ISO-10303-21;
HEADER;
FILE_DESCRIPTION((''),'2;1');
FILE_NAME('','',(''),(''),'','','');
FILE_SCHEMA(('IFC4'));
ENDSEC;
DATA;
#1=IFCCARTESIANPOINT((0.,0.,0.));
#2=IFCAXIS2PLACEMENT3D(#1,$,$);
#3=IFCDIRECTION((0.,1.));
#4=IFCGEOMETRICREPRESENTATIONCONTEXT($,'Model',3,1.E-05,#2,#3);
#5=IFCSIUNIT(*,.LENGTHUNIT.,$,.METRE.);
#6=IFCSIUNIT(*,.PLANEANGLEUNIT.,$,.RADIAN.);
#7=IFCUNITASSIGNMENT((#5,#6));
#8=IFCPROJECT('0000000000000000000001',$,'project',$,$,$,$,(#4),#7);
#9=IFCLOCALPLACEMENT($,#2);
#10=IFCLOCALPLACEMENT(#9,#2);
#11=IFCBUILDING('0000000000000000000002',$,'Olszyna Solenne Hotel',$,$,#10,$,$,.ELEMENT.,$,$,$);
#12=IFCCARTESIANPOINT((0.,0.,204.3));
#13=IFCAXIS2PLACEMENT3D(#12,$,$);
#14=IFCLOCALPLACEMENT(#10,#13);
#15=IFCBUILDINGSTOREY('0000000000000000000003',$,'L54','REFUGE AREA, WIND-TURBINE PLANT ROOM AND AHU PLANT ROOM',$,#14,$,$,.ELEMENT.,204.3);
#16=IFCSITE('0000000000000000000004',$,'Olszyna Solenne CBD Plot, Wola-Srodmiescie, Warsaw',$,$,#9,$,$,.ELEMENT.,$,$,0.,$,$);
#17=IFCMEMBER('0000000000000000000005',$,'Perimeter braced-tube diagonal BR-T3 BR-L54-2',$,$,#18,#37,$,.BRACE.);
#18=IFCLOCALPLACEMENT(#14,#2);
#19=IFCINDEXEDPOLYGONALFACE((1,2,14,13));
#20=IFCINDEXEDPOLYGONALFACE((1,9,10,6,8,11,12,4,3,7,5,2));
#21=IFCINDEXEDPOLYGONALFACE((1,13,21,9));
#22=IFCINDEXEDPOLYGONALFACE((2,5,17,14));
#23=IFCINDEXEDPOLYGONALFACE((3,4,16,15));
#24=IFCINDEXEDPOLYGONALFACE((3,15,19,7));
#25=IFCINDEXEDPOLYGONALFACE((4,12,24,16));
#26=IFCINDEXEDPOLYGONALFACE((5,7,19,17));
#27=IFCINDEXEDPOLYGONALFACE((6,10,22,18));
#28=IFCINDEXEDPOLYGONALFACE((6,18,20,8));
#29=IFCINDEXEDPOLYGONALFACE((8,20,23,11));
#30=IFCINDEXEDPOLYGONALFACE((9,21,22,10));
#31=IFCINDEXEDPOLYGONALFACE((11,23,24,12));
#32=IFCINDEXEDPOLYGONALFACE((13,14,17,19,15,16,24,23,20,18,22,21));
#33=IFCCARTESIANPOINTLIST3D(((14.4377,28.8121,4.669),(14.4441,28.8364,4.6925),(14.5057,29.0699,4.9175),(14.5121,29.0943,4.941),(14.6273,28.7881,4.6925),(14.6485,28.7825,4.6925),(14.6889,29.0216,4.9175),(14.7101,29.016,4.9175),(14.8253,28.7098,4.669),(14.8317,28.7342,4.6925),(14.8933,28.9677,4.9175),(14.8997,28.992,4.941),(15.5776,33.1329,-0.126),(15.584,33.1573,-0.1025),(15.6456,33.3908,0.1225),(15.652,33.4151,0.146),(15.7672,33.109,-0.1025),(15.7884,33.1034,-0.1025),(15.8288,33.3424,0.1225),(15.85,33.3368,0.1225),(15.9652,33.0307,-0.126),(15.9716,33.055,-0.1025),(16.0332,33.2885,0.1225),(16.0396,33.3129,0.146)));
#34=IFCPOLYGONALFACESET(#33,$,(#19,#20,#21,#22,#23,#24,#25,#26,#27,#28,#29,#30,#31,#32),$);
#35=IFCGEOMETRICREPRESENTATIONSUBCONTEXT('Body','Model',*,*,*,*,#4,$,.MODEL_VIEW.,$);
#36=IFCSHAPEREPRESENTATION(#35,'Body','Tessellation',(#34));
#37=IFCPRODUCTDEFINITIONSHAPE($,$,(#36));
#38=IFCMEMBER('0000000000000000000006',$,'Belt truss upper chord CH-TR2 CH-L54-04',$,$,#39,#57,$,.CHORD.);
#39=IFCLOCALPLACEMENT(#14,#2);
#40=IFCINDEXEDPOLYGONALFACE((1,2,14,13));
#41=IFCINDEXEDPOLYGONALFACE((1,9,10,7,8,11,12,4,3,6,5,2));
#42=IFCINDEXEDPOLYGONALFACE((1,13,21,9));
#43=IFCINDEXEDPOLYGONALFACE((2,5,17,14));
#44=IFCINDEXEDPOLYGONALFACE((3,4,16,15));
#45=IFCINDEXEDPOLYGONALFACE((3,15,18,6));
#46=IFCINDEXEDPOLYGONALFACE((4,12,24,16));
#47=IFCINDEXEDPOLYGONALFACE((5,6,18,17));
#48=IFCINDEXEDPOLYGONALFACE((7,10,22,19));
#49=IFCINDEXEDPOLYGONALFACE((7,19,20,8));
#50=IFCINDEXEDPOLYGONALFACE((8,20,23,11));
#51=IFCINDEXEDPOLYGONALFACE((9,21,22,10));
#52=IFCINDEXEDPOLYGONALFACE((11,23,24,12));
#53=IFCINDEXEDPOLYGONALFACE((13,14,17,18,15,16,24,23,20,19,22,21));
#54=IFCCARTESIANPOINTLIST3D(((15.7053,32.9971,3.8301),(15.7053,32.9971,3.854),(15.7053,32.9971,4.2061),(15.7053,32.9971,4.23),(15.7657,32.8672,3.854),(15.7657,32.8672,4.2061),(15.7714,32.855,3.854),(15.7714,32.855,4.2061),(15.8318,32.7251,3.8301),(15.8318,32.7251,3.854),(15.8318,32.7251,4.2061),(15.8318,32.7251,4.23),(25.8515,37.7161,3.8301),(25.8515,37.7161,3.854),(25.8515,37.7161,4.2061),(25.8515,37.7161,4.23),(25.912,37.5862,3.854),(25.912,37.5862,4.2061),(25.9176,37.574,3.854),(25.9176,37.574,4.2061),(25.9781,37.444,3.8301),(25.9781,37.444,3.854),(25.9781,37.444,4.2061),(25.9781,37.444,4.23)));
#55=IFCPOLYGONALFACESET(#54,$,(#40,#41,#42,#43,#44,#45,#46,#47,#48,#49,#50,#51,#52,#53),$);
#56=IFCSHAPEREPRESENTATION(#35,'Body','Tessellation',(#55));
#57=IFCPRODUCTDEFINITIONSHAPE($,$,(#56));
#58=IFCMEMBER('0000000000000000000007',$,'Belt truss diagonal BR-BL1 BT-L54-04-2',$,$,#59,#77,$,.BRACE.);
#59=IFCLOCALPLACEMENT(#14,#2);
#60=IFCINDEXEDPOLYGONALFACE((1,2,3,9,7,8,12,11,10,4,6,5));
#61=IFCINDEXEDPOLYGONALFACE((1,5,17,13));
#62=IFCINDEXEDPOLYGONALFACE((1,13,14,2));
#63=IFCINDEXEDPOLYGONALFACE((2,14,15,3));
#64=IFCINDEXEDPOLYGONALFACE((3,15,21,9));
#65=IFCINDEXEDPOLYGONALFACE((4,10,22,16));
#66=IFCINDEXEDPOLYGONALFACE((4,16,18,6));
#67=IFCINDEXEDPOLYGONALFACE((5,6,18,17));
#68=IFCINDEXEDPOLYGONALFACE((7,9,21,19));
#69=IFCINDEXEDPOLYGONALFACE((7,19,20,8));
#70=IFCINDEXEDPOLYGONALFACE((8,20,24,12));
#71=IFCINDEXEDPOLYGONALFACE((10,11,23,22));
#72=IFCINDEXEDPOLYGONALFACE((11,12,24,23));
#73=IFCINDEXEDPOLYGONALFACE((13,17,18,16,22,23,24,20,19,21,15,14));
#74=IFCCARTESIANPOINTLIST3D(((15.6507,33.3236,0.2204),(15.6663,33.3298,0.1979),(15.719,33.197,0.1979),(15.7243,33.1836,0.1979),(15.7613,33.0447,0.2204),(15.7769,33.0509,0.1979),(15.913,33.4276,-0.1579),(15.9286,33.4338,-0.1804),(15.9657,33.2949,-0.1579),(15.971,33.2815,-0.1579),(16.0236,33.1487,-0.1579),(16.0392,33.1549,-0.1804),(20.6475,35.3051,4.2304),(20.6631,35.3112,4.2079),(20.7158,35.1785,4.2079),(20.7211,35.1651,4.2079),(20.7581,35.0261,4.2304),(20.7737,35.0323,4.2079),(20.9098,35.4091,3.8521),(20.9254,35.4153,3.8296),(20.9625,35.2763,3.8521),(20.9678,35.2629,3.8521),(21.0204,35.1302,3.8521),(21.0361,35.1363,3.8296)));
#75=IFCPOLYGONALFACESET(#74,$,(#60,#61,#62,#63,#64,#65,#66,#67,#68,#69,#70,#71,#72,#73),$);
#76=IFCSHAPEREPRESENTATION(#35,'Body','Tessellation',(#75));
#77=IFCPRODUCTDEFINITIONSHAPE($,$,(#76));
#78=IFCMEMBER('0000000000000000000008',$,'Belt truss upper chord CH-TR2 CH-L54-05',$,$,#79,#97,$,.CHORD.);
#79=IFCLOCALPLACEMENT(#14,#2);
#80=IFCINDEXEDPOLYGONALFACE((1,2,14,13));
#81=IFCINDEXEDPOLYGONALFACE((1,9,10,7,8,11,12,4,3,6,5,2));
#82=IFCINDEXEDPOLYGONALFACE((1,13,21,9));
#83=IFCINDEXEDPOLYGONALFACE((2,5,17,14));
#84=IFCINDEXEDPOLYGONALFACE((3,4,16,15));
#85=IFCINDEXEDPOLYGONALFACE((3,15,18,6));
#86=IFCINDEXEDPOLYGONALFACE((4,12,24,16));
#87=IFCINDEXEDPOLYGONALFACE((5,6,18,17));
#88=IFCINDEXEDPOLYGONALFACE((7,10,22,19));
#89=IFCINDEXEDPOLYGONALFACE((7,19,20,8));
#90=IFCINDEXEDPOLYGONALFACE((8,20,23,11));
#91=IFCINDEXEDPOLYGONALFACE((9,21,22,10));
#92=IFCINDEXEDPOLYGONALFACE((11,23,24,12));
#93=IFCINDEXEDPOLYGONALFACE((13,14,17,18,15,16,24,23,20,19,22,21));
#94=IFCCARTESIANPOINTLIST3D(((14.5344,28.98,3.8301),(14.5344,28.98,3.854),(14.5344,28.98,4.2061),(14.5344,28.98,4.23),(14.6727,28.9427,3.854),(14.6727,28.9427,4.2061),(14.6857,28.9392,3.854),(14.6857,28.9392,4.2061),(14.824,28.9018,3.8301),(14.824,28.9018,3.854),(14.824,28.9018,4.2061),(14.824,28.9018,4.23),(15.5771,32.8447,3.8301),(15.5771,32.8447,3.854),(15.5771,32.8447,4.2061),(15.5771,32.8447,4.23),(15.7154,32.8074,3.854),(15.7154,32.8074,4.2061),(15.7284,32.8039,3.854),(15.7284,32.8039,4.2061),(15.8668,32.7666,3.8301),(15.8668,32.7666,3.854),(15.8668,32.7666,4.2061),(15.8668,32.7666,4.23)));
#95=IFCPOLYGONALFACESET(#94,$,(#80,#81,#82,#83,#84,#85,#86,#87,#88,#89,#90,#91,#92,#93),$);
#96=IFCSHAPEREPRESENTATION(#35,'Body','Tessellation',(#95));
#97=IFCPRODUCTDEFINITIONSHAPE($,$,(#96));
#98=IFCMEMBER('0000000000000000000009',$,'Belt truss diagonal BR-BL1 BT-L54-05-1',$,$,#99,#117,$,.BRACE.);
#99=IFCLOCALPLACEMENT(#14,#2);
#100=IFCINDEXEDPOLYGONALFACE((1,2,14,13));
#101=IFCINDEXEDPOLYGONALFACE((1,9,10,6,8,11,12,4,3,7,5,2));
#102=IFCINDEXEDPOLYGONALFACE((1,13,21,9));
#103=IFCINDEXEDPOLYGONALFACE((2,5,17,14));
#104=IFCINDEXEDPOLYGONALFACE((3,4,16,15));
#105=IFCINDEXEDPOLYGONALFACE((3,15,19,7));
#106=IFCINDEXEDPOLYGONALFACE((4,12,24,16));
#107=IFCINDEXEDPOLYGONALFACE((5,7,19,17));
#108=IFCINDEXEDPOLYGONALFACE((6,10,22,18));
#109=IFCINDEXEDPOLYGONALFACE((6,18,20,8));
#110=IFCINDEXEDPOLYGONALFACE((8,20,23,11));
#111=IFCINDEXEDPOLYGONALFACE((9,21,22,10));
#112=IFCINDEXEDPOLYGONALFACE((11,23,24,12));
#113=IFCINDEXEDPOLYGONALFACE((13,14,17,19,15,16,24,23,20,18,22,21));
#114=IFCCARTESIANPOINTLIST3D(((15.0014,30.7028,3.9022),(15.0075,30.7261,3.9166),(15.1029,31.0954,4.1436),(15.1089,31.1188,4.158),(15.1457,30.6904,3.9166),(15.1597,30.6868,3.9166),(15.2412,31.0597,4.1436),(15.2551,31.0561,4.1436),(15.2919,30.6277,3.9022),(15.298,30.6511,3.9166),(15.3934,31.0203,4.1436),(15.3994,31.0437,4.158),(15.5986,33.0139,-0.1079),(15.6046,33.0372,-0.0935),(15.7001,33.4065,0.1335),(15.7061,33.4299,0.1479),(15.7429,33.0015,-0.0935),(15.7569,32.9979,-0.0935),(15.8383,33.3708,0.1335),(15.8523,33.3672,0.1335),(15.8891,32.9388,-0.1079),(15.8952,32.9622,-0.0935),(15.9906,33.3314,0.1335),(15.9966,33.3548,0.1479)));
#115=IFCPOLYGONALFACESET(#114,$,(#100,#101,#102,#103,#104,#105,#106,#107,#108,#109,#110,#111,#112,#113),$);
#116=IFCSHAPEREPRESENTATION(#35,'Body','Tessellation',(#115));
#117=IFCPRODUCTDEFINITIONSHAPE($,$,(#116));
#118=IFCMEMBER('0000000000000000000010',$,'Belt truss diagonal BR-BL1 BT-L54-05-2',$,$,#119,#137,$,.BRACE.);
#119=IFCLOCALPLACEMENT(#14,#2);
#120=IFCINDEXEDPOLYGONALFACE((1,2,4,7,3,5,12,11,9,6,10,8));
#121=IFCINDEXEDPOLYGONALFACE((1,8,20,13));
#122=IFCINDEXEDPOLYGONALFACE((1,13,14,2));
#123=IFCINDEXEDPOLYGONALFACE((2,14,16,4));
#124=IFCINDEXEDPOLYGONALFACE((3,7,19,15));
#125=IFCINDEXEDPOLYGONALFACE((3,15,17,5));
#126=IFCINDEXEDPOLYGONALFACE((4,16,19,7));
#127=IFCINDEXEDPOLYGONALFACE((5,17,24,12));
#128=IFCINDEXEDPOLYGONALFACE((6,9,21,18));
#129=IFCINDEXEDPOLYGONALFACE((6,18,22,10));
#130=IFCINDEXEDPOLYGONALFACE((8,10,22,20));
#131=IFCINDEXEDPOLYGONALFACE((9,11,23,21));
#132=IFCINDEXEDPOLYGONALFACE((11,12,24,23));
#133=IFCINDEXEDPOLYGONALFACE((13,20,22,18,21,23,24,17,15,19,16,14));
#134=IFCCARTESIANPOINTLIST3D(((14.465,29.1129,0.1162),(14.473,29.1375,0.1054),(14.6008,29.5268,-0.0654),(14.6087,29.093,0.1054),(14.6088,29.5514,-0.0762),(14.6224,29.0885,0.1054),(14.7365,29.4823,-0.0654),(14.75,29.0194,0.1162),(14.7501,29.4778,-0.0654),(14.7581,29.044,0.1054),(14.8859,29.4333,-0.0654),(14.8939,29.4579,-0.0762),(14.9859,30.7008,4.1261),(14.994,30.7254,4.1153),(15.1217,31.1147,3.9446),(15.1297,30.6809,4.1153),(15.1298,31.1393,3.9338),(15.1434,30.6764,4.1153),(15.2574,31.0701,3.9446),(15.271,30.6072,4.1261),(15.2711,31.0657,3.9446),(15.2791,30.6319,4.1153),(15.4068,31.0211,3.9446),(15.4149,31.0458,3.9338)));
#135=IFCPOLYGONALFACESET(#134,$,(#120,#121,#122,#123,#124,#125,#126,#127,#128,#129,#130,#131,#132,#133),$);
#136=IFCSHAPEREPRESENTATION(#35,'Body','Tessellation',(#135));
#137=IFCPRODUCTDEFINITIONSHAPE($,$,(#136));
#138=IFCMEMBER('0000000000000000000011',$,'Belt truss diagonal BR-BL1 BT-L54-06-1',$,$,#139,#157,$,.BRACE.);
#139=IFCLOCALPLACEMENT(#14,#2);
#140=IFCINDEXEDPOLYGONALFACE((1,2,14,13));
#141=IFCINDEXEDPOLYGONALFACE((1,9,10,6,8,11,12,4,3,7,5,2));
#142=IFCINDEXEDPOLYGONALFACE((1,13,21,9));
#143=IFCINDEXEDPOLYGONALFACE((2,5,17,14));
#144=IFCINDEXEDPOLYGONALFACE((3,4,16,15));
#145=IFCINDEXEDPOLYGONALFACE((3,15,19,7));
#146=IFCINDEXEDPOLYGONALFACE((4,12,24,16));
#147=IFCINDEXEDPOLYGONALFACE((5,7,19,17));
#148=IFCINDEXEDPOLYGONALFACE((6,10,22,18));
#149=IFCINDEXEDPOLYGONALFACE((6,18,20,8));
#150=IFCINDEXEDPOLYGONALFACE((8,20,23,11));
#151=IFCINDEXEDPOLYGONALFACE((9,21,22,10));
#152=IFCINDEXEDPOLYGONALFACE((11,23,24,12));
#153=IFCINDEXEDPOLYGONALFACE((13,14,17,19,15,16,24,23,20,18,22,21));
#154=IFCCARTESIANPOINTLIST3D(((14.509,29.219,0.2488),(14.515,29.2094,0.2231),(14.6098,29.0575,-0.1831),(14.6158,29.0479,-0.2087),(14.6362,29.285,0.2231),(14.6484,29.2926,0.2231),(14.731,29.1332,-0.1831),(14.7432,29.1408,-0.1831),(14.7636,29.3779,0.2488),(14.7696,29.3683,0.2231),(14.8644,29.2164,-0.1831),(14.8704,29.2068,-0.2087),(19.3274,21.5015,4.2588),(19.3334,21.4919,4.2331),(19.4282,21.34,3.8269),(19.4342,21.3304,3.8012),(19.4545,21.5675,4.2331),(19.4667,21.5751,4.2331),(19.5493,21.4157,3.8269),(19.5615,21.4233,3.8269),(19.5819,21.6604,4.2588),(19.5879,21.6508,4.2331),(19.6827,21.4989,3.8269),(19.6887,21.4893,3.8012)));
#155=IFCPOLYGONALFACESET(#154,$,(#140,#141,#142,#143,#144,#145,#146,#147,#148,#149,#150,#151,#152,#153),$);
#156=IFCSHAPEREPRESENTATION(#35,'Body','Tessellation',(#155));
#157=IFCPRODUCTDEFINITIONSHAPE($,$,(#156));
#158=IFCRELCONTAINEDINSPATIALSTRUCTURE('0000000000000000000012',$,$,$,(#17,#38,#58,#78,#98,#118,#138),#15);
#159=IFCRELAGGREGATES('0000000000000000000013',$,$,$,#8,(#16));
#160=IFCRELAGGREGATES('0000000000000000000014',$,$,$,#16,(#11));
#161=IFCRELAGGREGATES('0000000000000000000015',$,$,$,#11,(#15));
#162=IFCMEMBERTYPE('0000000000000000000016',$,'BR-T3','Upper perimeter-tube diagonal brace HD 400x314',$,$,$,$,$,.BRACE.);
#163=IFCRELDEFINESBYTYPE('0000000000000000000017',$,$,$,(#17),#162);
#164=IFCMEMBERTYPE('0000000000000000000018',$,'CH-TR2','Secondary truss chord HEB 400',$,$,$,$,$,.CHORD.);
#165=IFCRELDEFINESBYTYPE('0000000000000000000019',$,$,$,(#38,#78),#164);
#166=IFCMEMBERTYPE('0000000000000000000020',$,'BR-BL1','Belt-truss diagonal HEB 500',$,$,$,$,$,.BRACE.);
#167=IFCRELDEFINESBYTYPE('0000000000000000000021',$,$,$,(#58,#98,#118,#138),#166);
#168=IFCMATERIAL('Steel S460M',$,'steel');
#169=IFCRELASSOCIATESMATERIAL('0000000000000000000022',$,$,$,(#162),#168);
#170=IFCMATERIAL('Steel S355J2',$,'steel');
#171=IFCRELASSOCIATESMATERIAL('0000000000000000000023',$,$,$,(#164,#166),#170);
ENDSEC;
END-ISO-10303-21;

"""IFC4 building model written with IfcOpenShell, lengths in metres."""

from ifc_helpers import new_model, si_unit, direction, frame, origin, origin_2d, place, context, subcontext, project, spatial, i_section, extrude, source, transform, mapped, material, material_profile, profile_set, type_object, element, save


model = new_model("IFC4")

# Units and contexts
model_context = context("Model", 3, precision=1e-05, world=origin(), true_north=direction((0.0, 1.0)))
body_context = subcontext(model_context, "Body", "Model", "MODEL_VIEW")
ifc_project = project(units=[si_unit("LENGTHUNIT", "METRE"), si_unit("PLANEANGLEUNIT", "RADIAN")], contexts=[model_context])

# Site, building, storey
site_placement = place(None, origin())
site = spatial("IfcSite", under=ifc_project, at=site_placement, Name="Olszyna Solenne CBD Plot, Wola-Srodmiescie, Warsaw", CompositionType="ELEMENT", RefElevation=0.0)
building_placement = place(site_placement, origin())
building = spatial("IfcBuilding", under=site, at=building_placement, Name="Olszyna Solenne Hotel", CompositionType="ELEMENT")
storey_placement = place(building_placement, frame((0.0, 0.0, 204.3)))
storey = spatial("IfcBuildingStorey", under=building, at=storey_placement, Name="L54", Description="REFUGE AREA, WIND-TURBINE PLANT ROOM AND AHU PLANT ROOM", CompositionType="ELEMENT", Elevation=204.3)

# Shared definitions
ifc_material_1 = material(Name="Steel S460M", Category="steel")

# Shared definitions
ifc_material_2 = material(Name="Steel S355J2", Category="steel")

# Members
ifc_material_profile_1 = material_profile(ifc_material_1, i_section(OverallWidth=0.4009, OverallDepth=0.3989, WebThickness=0.022, FlangeThickness=0.0344, at=origin_2d()), Name="HD 400x314", Category="load-bearing")
ifc_profile_set_1 = profile_set([ifc_material_profile_1], Name="Steel S460M")
member_type_1 = type_object("IfcMemberType", Name="BR-T3", Description="Upper perimeter-tube diagonal brace HD 400x314", PredefinedType="BRACE", material=ifc_profile_set_1)
shared_shape_1 = source(origin(), body_context, "Body", "SweptSolid", [
    extrude(i_section(OverallWidth=0.4009, OverallDepth=0.3989, WebThickness=0.022, FlangeThickness=0.0344, at=origin_2d()), origin(), (0.0, 0.0, 1.0), 6.5544),
])
member_1_placement = place(storey_placement, frame((15.8086, 33.2229, 0.01), z_axis=(-0.173913, -0.659223, 0.731559), x_axis=(0.966918, -0.255088, 0.0)))
element("IfcMember", 1, at=member_1_placement, inside=storey, type_object=member_type_1, Name="Perimeter braced-tube diagonal BR-T3 BR-L54-2", PredefinedType="BRACE", context=body_context, shape_type="MappedRepresentation", body=[
    mapped(shared_shape_1, transform((0.0, 0.0, 0.0), x_axis=(1.0, 0.0, 0.0), y_axis=(0.0, 1.0, 0.0), z_axis=(0.0, 0.0, 1.0), scale=1.0)),
])
ifc_material_profile_2 = material_profile(ifc_material_2, i_section(OverallWidth=0.3, OverallDepth=0.3999, WebThickness=0.0134, FlangeThickness=0.0239, at=origin_2d()), Name="HEB 400", Category="load-bearing")
ifc_profile_set_2 = profile_set([ifc_material_profile_2], Name="Steel S355J2")
member_type_2 = type_object("IfcMemberType", Name="CH-TR2", Description="Secondary truss chord HEB 400", PredefinedType="CHORD", material=ifc_profile_set_2)
shared_shape_2 = source(origin(), body_context, "Body", "SweptSolid", [
    extrude(i_section(OverallWidth=0.3, OverallDepth=0.3999, WebThickness=0.0134, FlangeThickness=0.0239, at=origin_2d()), origin(), (0.0, 0.0, 1.0), 11.1899),
])
member_2_placement = place(storey_placement, frame((25.9148, 37.5801, 4.03), z_axis=(-0.906728, -0.421717, 0.0), x_axis=(0.421717, -0.906728, 0.0)))
element("IfcMember", 2, at=member_2_placement, inside=storey, type_object=member_type_2, Name="Belt truss upper chord CH-TR2 CH-L54-04", PredefinedType="CHORD", context=body_context, shape_type="MappedRepresentation", body=[
    mapped(shared_shape_2, transform((0.0, 0.0, 0.0), x_axis=(1.0, 0.0, 0.0), y_axis=(0.0, 1.0, 0.0), z_axis=(0.0, 0.0, 1.0), scale=1.0)),
])
ifc_material_profile_3 = material_profile(ifc_material_2, i_section(OverallWidth=0.3, OverallDepth=0.5, WebThickness=0.0144, FlangeThickness=0.0281, at=origin_2d()), Name="HEB 500", Category="load-bearing")
ifc_profile_set_3 = profile_set([ifc_material_profile_3], Name="Steel S355J2")
member_type_3 = type_object("IfcMemberType", Name="BR-BL1", Description="Belt-truss diagonal HEB 500", PredefinedType="BRACE", material=ifc_profile_set_3)
shared_shape_3 = source(origin(), body_context, "Body", "SweptSolid", [
    extrude(i_section(OverallWidth=0.3, OverallDepth=0.5, WebThickness=0.0144, FlangeThickness=0.0281, at=origin_2d()), origin(), (0.0, 0.0, 1.0), 6.7063),
])
member_3_placement = place(storey_placement, frame((15.845, 33.2393, 0.02), z_axis=(0.745093, 0.29546, 0.597946), x_axis=(-0.368617, 0.929581, 0.0)))
element("IfcMember", 3, at=member_3_placement, inside=storey, type_object=member_type_3, Name="Belt truss diagonal BR-BL1 BT-L54-04-2", PredefinedType="BRACE", context=body_context, shape_type="MappedRepresentation", body=[
    mapped(shared_shape_3, transform((0.0, 0.0, 0.0), x_axis=(1.0, 0.0, 0.0), y_axis=(0.0, 1.0, 0.0), z_axis=(0.0, 0.0, 1.0), scale=1.0)),
])
shared_shape_4 = source(origin(), body_context, "Body", "SweptSolid", [
    extrude(i_section(OverallWidth=0.3, OverallDepth=0.3999, WebThickness=0.0134, FlangeThickness=0.0239, at=origin_2d()), origin(), (0.0, 0.0, 1.0), 4.0029),
])
member_4_placement = place(storey_placement, frame((15.7219, 32.8057, 4.03), z_axis=(-0.26049, -0.965477, 0.0), x_axis=(0.965477, -0.26049, 0.0)))
element("IfcMember", 4, at=member_4_placement, inside=storey, type_object=member_type_2, Name="Belt truss upper chord CH-TR2 CH-L54-05", PredefinedType="CHORD", context=body_context, shape_type="MappedRepresentation", body=[
    mapped(shared_shape_4, transform((0.0, 0.0, 0.0), x_axis=(1.0, 0.0, 0.0), y_axis=(0.0, 1.0, 0.0), z_axis=(0.0, 0.0, 1.0), scale=1.0)),
])
shared_shape_5 = source(origin(), body_context, "Body", "SweptSolid", [
    extrude(i_section(OverallWidth=0.3, OverallDepth=0.5, WebThickness=0.0144, FlangeThickness=0.0281, at=origin_2d()), origin(), (0.0, 0.0, 1.0), 4.6667),
])
member_5_placement = place(storey_placement, frame((15.7976, 33.1843, 0.02), z_axis=(-0.127965, -0.495223, 0.85929), x_axis=(0.968199, -0.250181, 0.0)))
element("IfcMember", 5, at=member_5_placement, inside=storey, type_object=member_type_3, Name="Belt truss diagonal BR-BL1 BT-L54-05-1", PredefinedType="BRACE", context=body_context, shape_type="MappedRepresentation", body=[
    mapped(shared_shape_5, transform((0.0, 0.0, 0.0), x_axis=(1.0, 0.0, 0.0), y_axis=(0.0, 1.0, 0.0), z_axis=(0.0, 0.0, 1.0), scale=1.0)),
])
shared_shape_6 = source(origin(), body_context, "Body", "SweptSolid", [
    extrude(i_section(OverallWidth=0.3, OverallDepth=0.5, WebThickness=0.0144, FlangeThickness=0.0281, at=origin_2d()), origin(), (0.0, 0.0, 1.0), 4.3442),
])
member_6_placement = place(storey_placement, frame((14.6794, 29.2854, 0.02), z_axis=(0.119926, 0.365511, 0.923049), x_axis=(-0.950163, 0.311754, 0.0)))
element("IfcMember", 6, at=member_6_placement, inside=storey, type_object=member_type_3, Name="Belt truss diagonal BR-BL1 BT-L54-05-2", PredefinedType="BRACE", context=body_context, shape_type="MappedRepresentation", body=[
    mapped(shared_shape_6, transform((0.0, 0.0, 0.0), x_axis=(1.0, 0.0, 0.0), y_axis=(0.0, 1.0, 0.0), z_axis=(0.0, 0.0, 1.0), scale=1.0)),
])
shared_shape_7 = source(origin(), body_context, "Body", "SweptSolid", [
    extrude(i_section(OverallWidth=0.3, OverallDepth=0.5, WebThickness=0.0144, FlangeThickness=0.0281, at=origin_2d()), origin(), (0.0, 0.0, 1.0), 9.9426),
])
member_7_placement = place(storey_placement, frame((14.6897, 29.2129, 0.02), z_axis=(0.484613, -0.776202, 0.403312), x_axis=(0.84825, 0.529596, 0.0)))
element("IfcMember", 7, at=member_7_placement, inside=storey, type_object=member_type_3, Name="Belt truss diagonal BR-BL1 BT-L54-06-1", PredefinedType="BRACE", context=body_context, shape_type="MappedRepresentation", body=[
    mapped(shared_shape_7, transform((0.0, 0.0, 0.0), x_axis=(1.0, 0.0, 0.0), y_axis=(0.0, 1.0, 0.0), z_axis=(0.0, 0.0, 1.0), scale=1.0)),
])

save(model, "model.ifc")
